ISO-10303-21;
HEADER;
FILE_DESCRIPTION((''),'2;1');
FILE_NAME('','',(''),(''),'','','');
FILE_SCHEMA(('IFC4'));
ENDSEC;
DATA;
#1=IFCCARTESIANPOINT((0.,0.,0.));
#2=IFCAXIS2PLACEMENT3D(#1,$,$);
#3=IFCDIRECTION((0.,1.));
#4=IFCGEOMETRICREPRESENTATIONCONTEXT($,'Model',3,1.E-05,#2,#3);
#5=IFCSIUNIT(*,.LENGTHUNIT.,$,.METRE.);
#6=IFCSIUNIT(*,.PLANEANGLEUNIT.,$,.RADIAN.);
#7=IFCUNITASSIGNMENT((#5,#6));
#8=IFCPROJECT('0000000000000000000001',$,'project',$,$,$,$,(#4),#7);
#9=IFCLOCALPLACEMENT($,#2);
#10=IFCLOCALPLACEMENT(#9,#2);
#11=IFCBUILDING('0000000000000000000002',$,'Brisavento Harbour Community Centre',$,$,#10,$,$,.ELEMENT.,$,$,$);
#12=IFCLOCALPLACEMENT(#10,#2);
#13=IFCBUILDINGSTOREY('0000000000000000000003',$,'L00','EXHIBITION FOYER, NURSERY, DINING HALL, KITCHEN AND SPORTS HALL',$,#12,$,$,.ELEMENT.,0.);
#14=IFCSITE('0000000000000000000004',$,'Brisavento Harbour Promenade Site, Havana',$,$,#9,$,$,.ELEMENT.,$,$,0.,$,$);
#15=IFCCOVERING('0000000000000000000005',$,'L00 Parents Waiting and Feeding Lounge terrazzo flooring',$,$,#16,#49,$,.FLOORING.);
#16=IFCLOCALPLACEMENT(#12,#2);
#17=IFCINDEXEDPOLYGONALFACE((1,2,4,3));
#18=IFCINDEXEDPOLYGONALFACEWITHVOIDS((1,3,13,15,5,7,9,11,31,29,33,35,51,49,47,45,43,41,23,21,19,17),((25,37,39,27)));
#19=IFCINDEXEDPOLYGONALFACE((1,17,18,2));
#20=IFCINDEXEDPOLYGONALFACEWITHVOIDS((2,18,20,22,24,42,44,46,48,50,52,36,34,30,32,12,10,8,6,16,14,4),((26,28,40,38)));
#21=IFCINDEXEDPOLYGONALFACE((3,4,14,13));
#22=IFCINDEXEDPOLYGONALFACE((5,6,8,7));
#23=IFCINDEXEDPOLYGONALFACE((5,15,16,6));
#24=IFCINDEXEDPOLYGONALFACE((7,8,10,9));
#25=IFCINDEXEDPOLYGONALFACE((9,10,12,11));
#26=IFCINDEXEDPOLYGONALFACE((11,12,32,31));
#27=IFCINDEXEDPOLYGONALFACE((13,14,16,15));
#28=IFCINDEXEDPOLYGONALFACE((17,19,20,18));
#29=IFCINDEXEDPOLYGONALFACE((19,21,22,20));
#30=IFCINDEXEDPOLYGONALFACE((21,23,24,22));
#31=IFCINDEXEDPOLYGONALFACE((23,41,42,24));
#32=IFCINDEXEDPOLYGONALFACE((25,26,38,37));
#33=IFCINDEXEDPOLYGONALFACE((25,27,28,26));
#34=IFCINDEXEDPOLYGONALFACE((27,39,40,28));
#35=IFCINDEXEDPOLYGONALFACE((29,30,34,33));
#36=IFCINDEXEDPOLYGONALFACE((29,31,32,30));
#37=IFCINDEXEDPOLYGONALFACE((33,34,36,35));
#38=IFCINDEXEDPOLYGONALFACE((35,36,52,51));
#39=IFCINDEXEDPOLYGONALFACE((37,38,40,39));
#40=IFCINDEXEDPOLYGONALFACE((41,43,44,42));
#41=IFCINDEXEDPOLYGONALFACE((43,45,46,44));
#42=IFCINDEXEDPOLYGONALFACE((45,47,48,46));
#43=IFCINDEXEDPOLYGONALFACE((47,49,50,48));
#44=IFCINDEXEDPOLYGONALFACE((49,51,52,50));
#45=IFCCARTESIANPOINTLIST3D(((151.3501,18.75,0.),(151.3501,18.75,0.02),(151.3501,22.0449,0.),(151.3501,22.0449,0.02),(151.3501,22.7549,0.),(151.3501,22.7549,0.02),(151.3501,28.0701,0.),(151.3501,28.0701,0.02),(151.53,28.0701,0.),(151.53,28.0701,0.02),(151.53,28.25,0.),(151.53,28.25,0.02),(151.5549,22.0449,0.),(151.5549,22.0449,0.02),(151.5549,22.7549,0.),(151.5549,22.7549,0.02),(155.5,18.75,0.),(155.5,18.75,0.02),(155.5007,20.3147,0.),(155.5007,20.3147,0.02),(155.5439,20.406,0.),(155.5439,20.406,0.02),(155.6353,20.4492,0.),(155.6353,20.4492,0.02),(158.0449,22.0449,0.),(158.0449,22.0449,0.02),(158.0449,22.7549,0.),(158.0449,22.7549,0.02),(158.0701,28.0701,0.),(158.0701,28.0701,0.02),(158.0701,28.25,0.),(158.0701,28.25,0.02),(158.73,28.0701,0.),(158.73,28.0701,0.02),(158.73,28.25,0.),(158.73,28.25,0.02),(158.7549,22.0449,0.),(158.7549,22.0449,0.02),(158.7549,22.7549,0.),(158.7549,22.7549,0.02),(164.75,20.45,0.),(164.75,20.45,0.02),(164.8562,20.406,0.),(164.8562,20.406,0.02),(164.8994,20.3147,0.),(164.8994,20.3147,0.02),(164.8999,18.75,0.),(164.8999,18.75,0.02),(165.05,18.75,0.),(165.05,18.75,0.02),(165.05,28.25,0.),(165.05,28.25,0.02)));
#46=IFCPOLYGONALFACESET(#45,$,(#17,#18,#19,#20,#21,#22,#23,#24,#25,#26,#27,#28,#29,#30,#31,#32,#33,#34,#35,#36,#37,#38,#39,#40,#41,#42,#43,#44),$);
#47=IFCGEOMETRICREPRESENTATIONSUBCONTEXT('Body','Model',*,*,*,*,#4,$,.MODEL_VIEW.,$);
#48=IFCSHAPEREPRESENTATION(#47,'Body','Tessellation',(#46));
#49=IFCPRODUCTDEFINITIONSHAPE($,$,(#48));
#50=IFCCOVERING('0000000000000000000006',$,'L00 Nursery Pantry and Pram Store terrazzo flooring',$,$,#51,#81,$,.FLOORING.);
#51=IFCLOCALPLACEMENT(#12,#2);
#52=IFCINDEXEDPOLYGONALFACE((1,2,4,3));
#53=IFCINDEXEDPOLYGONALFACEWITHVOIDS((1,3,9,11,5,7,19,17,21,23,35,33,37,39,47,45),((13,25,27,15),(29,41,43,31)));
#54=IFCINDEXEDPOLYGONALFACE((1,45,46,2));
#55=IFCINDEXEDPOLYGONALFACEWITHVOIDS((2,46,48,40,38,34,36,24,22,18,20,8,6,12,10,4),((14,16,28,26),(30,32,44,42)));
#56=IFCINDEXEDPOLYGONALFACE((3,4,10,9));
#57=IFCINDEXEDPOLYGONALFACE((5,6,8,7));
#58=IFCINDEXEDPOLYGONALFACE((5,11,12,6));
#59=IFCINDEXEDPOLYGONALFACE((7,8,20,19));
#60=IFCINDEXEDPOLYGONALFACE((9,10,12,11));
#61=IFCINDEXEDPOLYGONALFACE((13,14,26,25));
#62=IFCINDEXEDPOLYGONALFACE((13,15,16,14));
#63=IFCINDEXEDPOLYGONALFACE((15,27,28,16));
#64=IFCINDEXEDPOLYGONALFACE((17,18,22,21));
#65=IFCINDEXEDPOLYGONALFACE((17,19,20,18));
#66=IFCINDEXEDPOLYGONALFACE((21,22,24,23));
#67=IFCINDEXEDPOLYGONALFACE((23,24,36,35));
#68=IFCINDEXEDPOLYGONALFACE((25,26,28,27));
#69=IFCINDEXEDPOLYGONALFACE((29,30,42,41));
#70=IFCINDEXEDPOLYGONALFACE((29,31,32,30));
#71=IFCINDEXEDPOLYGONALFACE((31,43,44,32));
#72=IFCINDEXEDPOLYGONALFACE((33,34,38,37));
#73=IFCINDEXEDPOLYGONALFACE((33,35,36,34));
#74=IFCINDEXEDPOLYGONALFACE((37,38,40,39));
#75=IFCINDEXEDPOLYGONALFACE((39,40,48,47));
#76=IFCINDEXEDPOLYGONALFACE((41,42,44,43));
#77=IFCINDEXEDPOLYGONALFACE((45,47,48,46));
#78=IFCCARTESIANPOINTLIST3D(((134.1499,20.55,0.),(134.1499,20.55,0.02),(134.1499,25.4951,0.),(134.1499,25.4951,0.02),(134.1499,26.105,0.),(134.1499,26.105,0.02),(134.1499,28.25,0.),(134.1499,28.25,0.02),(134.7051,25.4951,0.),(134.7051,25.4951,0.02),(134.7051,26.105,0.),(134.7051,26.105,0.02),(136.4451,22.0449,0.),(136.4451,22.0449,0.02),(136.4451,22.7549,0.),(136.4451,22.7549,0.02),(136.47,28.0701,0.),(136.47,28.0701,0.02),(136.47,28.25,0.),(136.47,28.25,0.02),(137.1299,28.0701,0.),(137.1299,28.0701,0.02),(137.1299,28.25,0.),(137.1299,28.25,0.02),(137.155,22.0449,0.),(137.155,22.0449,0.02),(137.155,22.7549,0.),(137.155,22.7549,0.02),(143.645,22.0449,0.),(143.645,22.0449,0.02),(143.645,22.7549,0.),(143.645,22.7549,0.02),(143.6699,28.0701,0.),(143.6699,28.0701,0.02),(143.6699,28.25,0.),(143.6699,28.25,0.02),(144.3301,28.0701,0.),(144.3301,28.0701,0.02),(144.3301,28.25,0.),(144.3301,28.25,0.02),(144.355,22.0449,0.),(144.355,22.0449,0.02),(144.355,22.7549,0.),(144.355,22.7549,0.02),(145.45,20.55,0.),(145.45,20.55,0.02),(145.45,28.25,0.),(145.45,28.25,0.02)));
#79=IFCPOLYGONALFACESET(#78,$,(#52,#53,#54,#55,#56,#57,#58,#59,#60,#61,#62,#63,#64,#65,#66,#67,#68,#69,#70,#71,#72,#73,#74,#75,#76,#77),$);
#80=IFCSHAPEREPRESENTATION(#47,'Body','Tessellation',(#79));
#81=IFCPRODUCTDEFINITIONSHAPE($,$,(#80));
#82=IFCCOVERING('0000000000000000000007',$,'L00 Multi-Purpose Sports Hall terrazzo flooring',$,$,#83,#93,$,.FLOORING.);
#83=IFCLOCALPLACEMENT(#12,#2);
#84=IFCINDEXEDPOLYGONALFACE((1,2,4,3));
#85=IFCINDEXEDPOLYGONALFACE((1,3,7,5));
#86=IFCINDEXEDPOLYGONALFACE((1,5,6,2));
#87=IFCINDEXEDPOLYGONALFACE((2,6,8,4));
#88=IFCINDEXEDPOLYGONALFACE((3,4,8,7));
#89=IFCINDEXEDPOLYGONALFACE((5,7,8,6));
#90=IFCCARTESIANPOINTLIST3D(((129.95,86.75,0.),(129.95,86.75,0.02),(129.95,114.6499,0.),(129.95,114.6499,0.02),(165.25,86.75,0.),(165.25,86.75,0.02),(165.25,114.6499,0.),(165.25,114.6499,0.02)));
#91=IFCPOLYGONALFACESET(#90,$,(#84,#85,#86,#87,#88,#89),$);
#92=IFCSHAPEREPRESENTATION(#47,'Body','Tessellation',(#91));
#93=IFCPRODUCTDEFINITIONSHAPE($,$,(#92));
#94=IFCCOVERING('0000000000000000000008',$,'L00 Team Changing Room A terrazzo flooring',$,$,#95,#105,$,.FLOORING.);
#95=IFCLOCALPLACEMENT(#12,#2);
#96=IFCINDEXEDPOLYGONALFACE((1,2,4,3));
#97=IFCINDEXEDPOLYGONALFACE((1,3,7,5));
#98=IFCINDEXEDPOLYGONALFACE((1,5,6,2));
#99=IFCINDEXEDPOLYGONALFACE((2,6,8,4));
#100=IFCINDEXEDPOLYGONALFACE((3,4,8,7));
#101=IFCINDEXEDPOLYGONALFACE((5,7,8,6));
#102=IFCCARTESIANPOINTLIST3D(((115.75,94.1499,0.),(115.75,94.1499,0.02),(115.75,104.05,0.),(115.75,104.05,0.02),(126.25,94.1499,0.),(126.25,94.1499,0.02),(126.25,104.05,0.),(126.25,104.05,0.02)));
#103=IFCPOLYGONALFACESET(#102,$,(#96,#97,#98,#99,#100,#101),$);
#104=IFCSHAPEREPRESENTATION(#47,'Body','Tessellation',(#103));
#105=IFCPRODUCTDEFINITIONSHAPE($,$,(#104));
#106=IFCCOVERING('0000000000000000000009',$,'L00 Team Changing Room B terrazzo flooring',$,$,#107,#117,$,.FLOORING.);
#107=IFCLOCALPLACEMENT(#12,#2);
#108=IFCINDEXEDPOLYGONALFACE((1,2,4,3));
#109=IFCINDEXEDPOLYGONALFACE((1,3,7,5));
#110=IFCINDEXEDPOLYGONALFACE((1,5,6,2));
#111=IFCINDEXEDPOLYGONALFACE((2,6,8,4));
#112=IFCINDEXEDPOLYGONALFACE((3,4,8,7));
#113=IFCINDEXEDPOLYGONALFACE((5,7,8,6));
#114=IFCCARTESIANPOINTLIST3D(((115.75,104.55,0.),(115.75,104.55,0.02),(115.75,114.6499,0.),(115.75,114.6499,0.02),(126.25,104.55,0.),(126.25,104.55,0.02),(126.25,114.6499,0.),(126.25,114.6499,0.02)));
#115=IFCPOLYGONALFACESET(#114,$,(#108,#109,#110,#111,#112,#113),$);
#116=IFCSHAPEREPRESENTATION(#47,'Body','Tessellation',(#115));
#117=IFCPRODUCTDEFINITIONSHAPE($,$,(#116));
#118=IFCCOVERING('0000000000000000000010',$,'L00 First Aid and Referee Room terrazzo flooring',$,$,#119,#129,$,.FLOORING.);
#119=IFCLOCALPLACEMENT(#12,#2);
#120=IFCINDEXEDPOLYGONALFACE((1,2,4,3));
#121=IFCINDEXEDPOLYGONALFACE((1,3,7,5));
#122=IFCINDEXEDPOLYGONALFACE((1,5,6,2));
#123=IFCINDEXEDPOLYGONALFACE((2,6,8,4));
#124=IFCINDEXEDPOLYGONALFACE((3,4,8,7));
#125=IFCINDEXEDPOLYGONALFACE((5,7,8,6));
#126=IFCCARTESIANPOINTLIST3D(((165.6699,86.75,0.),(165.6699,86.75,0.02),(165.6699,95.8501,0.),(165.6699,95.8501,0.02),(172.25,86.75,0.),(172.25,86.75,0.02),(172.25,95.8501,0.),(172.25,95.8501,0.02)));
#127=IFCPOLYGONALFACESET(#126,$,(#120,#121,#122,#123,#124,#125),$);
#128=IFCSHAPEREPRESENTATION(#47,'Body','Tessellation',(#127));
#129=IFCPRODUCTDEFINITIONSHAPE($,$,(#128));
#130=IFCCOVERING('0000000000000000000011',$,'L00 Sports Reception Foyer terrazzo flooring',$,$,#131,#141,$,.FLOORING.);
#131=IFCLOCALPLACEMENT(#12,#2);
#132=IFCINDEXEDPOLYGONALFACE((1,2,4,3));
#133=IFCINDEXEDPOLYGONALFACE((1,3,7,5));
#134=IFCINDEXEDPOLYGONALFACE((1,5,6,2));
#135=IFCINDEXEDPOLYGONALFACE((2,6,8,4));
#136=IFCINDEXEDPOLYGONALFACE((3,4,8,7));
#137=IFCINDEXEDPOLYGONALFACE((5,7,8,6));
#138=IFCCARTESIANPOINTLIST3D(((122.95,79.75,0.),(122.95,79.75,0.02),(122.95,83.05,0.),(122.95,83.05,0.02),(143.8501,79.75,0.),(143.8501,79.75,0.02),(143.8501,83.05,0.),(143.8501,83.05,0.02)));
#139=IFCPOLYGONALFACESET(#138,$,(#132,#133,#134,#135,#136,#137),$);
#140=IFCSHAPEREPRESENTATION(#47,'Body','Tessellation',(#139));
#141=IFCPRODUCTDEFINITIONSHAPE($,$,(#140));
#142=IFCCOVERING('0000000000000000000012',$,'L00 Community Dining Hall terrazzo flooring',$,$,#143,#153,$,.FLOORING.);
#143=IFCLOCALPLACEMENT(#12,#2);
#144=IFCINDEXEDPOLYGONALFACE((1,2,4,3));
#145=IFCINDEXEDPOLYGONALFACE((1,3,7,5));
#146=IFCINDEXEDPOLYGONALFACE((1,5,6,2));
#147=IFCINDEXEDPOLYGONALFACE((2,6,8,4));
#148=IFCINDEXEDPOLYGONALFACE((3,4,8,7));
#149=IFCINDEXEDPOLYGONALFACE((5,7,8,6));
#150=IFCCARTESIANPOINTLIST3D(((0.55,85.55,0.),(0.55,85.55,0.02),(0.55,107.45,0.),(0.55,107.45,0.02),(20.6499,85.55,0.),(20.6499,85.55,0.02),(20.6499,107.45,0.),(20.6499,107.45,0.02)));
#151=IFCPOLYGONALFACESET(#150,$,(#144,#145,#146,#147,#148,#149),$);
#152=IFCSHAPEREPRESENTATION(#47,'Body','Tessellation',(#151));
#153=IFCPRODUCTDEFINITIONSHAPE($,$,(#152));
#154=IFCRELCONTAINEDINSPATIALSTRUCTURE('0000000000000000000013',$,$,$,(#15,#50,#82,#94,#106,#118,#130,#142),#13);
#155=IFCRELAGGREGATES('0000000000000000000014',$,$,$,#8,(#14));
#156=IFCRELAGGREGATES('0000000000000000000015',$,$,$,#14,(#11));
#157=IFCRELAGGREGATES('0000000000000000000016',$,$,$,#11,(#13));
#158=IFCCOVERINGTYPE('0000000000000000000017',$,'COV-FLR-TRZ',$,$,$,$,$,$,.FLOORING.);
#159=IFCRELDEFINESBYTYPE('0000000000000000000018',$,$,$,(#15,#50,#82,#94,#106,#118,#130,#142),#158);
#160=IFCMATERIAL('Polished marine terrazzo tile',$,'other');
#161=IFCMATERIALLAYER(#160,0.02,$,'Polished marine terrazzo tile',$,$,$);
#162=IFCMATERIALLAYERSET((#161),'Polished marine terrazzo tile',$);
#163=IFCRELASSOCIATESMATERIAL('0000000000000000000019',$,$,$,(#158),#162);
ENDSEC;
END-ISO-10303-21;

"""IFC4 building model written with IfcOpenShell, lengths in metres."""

from ifc_helpers import new_model, si_unit, direction, origin, place, context, subcontext, project, spatial, polyline, outline, extrude, material, layer, layer_set, type_object, element, save


model = new_model("IFC4")

# Units and contexts
model_context = context("Model", 3, precision=1e-05, world=origin(), true_north=direction((0.0, 1.0)))
body_context = subcontext(model_context, "Body", "Model", "MODEL_VIEW")
ifc_project = project(units=[si_unit("LENGTHUNIT", "METRE"), si_unit("PLANEANGLEUNIT", "RADIAN")], contexts=[model_context])

# Site, building, storey
site_placement = place(None, origin())
site = spatial("IfcSite", under=ifc_project, at=site_placement, Name="Brisavento Harbour Promenade Site, Havana", CompositionType="ELEMENT", RefElevation=0.0)
building_placement = place(site_placement, origin())
building = spatial("IfcBuilding", under=site, at=building_placement, Name="Brisavento Harbour Community Centre", CompositionType="ELEMENT")
storey_placement = place(building_placement, origin())
storey = spatial("IfcBuildingStorey", under=building, at=storey_placement, Name="L00", Description="EXHIBITION FOYER, NURSERY, DINING HALL, KITCHEN AND SPORTS HALL", CompositionType="ELEMENT", Elevation=0.0)

# Coverings
ifc_material_1 = material(Name="Polished marine terrazzo tile", Category="other")
ifc_layer_1 = layer(ifc_material_1, 0.02, Name="Polished marine terrazzo tile")
ifc_layer_set_1 = layer_set([ifc_layer_1], Name="Polished marine terrazzo tile")
covering_type_1 = type_object("IfcCoveringType", Name="COV-FLR-TRZ", PredefinedType="FLOORING", material=ifc_layer_set_1)
covering_1_placement = place(storey_placement, origin())
element("IfcCovering", 1, at=covering_1_placement, inside=storey, type_object=covering_type_1, Name="L00 Parents Waiting and Feeding Lounge terrazzo flooring", PredefinedType="FLOORING", context=body_context, shape_type="SweptSolid", body=[
    extrude(outline(polyline([(151.3501, 22.7549), (151.5549, 22.7549), (151.5549, 22.0449), (151.3501, 22.0449), (151.3501, 18.75), (155.5, 18.75), (155.5007, 20.3147), (155.5439, 20.406), (155.6353, 20.4492), (164.75, 20.45), (164.8562, 20.406), (164.8994, 20.3147), (164.8999, 18.75), (165.05, 18.75), (165.05, 28.25), (158.73, 28.25), (158.73, 28.0701), (158.0701, 28.0701), (158.0701, 28.25), (151.53, 28.25), (151.53, 28.0701), (151.3501, 28.0701), (151.3501, 22.7549)]), holes=[polyline([(158.0449, 22.7549), (158.7549, 22.7549), (158.7549, 22.0449), (158.0449, 22.0449), (158.0449, 22.7549)])]), origin(), (0.0, 0.0, 1.0), 0.02),
])
covering_2_placement = place(storey_placement, origin())
element("IfcCovering", 2, at=covering_2_placement, inside=storey, type_object=covering_type_1, Name="L00 Nursery Pantry and Pram Store terrazzo flooring", PredefinedType="FLOORING", context=body_context, shape_type="SweptSolid", body=[
    extrude(outline(polyline([(137.1299, 28.0701), (136.47, 28.0701), (136.47, 28.25), (134.1499, 28.25), (134.1499, 26.105), (134.7051, 26.105), (134.7051, 25.4951), (134.1499, 25.4951), (134.1499, 20.55), (145.45, 20.55), (145.45, 28.25), (144.3301, 28.25), (144.3301, 28.0701), (143.6699, 28.0701), (143.6699, 28.25), (137.1299, 28.25), (137.1299, 28.0701)]), holes=[polyline([(137.155, 22.0449), (136.4451, 22.0449), (136.4451, 22.7549), (137.155, 22.7549), (137.155, 22.0449)]), polyline([(143.645, 22.7549), (144.355, 22.7549), (144.355, 22.0449), (143.645, 22.0449), (143.645, 22.7549)])]), origin(), (0.0, 0.0, 1.0), 0.02),
])
covering_3_placement = place(storey_placement, origin())
element("IfcCovering", 3, at=covering_3_placement, inside=storey, type_object=covering_type_1, Name="L00 Multi-Purpose Sports Hall terrazzo flooring", PredefinedType="FLOORING", context=body_context, shape_type="SweptSolid", body=[
    extrude(outline(polyline([(165.25, 86.75), (165.25, 114.6499), (129.95, 114.6499), (129.95, 86.75), (165.25, 86.75)])), origin(), (0.0, 0.0, 1.0), 0.02),
])
covering_4_placement = place(storey_placement, origin())
element("IfcCovering", 4, at=covering_4_placement, inside=storey, type_object=covering_type_1, Name="L00 Team Changing Room A terrazzo flooring", PredefinedType="FLOORING", context=body_context, shape_type="SweptSolid", body=[
    extrude(outline(polyline([(115.75, 94.1499), (126.25, 94.1499), (126.25, 104.05), (115.75, 104.05), (115.75, 94.1499)])), origin(), (0.0, 0.0, 1.0), 0.02),
])
covering_5_placement = place(storey_placement, origin())
element("IfcCovering", 5, at=covering_5_placement, inside=storey, type_object=covering_type_1, Name="L00 Team Changing Room B terrazzo flooring", PredefinedType="FLOORING", context=body_context, shape_type="SweptSolid", body=[
    extrude(outline(polyline([(115.75, 104.55), (126.25, 104.55), (126.25, 114.6499), (115.75, 114.6499), (115.75, 104.55)])), origin(), (0.0, 0.0, 1.0), 0.02),
])
covering_6_placement = place(storey_placement, origin())
element("IfcCovering", 6, at=covering_6_placement, inside=storey, type_object=covering_type_1, Name="L00 First Aid and Referee Room terrazzo flooring", PredefinedType="FLOORING", context=body_context, shape_type="SweptSolid", body=[
    extrude(outline(polyline([(165.6699, 86.75), (172.25, 86.75), (172.25, 95.8501), (165.6699, 95.8501), (165.6699, 86.75)])), origin(), (0.0, 0.0, 1.0), 0.02),
])
covering_7_placement = place(storey_placement, origin())
element("IfcCovering", 7, at=covering_7_placement, inside=storey, type_object=covering_type_1, Name="L00 Sports Reception Foyer terrazzo flooring", PredefinedType="FLOORING", context=body_context, shape_type="SweptSolid", body=[
    extrude(outline(polyline([(143.8501, 79.75), (143.8501, 83.05), (122.95, 83.05), (122.95, 79.75), (143.8501, 79.75)])), origin(), (0.0, 0.0, 1.0), 0.02),
])
covering_8_placement = place(storey_placement, origin())
element("IfcCovering", 8, at=covering_8_placement, inside=storey, type_object=covering_type_1, Name="L00 Community Dining Hall terrazzo flooring", PredefinedType="FLOORING", context=body_context, shape_type="SweptSolid", body=[
    extrude(outline(polyline([(0.55, 107.45), (0.55, 85.55), (20.6499, 85.55), (20.6499, 107.45), (0.55, 107.45)])), origin(), (0.0, 0.0, 1.0), 0.02),
])

save(model, "model.ifc")
